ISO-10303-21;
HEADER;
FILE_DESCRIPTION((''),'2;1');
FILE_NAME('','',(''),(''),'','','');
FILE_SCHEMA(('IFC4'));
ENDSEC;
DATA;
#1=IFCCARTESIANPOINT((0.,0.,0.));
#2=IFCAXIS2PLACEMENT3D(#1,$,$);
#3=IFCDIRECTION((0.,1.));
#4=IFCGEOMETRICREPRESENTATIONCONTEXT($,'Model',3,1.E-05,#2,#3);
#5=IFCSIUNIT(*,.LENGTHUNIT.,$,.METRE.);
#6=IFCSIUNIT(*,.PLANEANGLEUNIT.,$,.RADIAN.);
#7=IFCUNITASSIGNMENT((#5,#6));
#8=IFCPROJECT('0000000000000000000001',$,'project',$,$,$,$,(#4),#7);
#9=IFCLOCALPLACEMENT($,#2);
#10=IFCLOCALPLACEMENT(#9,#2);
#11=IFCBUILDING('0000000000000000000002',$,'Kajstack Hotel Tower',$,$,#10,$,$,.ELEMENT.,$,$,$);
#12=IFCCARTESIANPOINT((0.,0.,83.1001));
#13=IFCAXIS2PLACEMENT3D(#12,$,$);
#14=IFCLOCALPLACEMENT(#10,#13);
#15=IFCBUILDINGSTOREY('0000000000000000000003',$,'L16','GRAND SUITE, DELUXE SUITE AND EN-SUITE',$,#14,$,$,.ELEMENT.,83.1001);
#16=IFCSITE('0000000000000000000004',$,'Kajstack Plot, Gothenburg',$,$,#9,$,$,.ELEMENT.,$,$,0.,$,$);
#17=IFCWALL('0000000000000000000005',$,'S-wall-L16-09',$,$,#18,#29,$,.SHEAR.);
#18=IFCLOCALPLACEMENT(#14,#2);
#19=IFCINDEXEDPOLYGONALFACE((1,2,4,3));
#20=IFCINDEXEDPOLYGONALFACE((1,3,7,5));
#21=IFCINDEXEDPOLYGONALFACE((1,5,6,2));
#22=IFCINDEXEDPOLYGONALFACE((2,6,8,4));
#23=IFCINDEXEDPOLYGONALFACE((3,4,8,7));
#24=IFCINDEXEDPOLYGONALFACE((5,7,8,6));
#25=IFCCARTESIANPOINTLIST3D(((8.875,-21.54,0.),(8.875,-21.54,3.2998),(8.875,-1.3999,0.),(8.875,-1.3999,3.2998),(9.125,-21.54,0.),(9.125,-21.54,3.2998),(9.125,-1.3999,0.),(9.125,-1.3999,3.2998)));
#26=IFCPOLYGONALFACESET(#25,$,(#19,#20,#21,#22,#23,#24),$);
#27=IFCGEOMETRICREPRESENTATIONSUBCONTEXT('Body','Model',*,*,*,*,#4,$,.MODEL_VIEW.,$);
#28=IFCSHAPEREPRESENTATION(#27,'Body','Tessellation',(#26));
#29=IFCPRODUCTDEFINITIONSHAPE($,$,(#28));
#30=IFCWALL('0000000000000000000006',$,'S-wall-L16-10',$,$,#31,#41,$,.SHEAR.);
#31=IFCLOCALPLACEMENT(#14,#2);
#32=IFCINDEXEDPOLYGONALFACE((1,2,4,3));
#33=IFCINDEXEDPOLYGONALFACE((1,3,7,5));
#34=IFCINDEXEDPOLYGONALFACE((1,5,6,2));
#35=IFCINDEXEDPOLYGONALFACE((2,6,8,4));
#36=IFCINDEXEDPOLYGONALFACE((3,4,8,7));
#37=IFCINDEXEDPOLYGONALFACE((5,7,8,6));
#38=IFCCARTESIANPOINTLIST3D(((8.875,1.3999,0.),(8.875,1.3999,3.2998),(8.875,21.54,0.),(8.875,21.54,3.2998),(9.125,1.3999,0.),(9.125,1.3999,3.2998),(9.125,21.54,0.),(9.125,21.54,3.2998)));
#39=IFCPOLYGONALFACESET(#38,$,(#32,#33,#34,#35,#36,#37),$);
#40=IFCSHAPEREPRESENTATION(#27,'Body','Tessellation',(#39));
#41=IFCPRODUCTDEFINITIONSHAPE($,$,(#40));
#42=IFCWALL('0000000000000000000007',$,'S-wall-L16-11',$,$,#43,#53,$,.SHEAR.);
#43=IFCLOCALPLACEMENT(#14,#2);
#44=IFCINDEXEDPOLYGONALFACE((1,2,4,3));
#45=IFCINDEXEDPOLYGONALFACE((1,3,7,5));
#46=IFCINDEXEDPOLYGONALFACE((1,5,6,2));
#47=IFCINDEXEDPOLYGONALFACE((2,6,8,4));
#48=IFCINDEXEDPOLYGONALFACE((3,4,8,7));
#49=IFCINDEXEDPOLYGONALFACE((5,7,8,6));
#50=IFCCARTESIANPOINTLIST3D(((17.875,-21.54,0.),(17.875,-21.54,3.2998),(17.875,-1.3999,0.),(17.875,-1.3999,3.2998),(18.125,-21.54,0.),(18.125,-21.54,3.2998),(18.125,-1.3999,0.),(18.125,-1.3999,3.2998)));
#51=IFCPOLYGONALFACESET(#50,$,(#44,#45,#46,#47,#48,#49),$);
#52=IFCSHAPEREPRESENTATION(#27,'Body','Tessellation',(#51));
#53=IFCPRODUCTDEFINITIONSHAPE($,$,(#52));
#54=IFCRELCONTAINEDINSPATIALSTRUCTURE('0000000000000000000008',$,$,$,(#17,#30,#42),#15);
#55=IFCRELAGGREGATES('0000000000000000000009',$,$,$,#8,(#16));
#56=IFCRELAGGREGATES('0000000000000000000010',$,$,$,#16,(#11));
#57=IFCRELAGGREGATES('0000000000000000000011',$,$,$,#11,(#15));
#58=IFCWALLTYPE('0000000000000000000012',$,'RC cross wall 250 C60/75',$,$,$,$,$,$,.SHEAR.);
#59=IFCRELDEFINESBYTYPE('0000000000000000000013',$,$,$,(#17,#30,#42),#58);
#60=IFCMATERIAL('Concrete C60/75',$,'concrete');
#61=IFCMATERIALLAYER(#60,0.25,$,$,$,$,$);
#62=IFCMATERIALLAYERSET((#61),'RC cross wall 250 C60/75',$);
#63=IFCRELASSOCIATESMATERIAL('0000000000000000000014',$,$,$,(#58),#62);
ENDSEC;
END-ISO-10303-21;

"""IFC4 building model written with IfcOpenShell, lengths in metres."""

from ifc_helpers import new_model, si_unit, direction, frame, frame_2d, origin, place, context, subcontext, project, spatial, rectangle, extrude, material, layer, layer_set, type_object, element, save


model = new_model("IFC4")

# Units and contexts
model_context = context("Model", 3, precision=1e-05, world=origin(), true_north=direction((0.0, 1.0)))
body_context = subcontext(model_context, "Body", "Model", "MODEL_VIEW")
ifc_project = project(units=[si_unit("LENGTHUNIT", "METRE"), si_unit("PLANEANGLEUNIT", "RADIAN")], contexts=[model_context])

# Site, building, storey
site_placement = place(None, origin())
site = spatial("IfcSite", under=ifc_project, at=site_placement, Name="Kajstack Plot, Gothenburg", CompositionType="ELEMENT", RefElevation=0.0)
building_placement = place(site_placement, origin())
building = spatial("IfcBuilding", under=site, at=building_placement, Name="Kajstack Hotel Tower", CompositionType="ELEMENT")
storey_placement = place(building_placement, frame((0.0, 0.0, 83.1001)))
storey = spatial("IfcBuildingStorey", under=building, at=storey_placement, Name="L16", Description="GRAND SUITE, DELUXE SUITE AND EN-SUITE", CompositionType="ELEMENT", Elevation=83.1001)

# Walls
ifc_material_1 = material(Name="Concrete C60/75", Category="concrete")
ifc_layer_1 = layer(ifc_material_1, 0.25)
ifc_layer_set_1 = layer_set([ifc_layer_1], Name="RC cross wall 250 C60/75")
wall_type_1 = type_object("IfcWallType", Name="RC cross wall 250 C60/75", PredefinedType="SHEAR", material=ifc_layer_set_1)
for number, where, z_axis, x_axis, name in (
    (1, (9.0, -21.54, 0.0), (0.0, 0.0, 1.0), (0.0, 1.0, 0.0), "S-wall-L16-09"),
    (2, (9.0, 1.3999, 0.0), (0.0, 0.0, 1.0), (0.0, 1.0, 0.0), "S-wall-L16-10"),
    (3, (18.0, -21.54, 0.0), (0.0, 0.0, 1.0), (0.0, 1.0, 0.0), "S-wall-L16-11"),
):
    element("IfcWall", number, at=place(storey_placement, frame(where, z_axis=z_axis, x_axis=x_axis)), inside=storey, type_object=wall_type_1, Name=name, PredefinedType="SHEAR", context=body_context, shape_type="SweptSolid", body=[
        extrude(rectangle(XDim=20.1401, YDim=0.25, at=frame_2d((10.0701, 0.0))), origin(), (0.0, 0.0, 1.0), 3.2998),
    ])

save(model, "model.ifc")
